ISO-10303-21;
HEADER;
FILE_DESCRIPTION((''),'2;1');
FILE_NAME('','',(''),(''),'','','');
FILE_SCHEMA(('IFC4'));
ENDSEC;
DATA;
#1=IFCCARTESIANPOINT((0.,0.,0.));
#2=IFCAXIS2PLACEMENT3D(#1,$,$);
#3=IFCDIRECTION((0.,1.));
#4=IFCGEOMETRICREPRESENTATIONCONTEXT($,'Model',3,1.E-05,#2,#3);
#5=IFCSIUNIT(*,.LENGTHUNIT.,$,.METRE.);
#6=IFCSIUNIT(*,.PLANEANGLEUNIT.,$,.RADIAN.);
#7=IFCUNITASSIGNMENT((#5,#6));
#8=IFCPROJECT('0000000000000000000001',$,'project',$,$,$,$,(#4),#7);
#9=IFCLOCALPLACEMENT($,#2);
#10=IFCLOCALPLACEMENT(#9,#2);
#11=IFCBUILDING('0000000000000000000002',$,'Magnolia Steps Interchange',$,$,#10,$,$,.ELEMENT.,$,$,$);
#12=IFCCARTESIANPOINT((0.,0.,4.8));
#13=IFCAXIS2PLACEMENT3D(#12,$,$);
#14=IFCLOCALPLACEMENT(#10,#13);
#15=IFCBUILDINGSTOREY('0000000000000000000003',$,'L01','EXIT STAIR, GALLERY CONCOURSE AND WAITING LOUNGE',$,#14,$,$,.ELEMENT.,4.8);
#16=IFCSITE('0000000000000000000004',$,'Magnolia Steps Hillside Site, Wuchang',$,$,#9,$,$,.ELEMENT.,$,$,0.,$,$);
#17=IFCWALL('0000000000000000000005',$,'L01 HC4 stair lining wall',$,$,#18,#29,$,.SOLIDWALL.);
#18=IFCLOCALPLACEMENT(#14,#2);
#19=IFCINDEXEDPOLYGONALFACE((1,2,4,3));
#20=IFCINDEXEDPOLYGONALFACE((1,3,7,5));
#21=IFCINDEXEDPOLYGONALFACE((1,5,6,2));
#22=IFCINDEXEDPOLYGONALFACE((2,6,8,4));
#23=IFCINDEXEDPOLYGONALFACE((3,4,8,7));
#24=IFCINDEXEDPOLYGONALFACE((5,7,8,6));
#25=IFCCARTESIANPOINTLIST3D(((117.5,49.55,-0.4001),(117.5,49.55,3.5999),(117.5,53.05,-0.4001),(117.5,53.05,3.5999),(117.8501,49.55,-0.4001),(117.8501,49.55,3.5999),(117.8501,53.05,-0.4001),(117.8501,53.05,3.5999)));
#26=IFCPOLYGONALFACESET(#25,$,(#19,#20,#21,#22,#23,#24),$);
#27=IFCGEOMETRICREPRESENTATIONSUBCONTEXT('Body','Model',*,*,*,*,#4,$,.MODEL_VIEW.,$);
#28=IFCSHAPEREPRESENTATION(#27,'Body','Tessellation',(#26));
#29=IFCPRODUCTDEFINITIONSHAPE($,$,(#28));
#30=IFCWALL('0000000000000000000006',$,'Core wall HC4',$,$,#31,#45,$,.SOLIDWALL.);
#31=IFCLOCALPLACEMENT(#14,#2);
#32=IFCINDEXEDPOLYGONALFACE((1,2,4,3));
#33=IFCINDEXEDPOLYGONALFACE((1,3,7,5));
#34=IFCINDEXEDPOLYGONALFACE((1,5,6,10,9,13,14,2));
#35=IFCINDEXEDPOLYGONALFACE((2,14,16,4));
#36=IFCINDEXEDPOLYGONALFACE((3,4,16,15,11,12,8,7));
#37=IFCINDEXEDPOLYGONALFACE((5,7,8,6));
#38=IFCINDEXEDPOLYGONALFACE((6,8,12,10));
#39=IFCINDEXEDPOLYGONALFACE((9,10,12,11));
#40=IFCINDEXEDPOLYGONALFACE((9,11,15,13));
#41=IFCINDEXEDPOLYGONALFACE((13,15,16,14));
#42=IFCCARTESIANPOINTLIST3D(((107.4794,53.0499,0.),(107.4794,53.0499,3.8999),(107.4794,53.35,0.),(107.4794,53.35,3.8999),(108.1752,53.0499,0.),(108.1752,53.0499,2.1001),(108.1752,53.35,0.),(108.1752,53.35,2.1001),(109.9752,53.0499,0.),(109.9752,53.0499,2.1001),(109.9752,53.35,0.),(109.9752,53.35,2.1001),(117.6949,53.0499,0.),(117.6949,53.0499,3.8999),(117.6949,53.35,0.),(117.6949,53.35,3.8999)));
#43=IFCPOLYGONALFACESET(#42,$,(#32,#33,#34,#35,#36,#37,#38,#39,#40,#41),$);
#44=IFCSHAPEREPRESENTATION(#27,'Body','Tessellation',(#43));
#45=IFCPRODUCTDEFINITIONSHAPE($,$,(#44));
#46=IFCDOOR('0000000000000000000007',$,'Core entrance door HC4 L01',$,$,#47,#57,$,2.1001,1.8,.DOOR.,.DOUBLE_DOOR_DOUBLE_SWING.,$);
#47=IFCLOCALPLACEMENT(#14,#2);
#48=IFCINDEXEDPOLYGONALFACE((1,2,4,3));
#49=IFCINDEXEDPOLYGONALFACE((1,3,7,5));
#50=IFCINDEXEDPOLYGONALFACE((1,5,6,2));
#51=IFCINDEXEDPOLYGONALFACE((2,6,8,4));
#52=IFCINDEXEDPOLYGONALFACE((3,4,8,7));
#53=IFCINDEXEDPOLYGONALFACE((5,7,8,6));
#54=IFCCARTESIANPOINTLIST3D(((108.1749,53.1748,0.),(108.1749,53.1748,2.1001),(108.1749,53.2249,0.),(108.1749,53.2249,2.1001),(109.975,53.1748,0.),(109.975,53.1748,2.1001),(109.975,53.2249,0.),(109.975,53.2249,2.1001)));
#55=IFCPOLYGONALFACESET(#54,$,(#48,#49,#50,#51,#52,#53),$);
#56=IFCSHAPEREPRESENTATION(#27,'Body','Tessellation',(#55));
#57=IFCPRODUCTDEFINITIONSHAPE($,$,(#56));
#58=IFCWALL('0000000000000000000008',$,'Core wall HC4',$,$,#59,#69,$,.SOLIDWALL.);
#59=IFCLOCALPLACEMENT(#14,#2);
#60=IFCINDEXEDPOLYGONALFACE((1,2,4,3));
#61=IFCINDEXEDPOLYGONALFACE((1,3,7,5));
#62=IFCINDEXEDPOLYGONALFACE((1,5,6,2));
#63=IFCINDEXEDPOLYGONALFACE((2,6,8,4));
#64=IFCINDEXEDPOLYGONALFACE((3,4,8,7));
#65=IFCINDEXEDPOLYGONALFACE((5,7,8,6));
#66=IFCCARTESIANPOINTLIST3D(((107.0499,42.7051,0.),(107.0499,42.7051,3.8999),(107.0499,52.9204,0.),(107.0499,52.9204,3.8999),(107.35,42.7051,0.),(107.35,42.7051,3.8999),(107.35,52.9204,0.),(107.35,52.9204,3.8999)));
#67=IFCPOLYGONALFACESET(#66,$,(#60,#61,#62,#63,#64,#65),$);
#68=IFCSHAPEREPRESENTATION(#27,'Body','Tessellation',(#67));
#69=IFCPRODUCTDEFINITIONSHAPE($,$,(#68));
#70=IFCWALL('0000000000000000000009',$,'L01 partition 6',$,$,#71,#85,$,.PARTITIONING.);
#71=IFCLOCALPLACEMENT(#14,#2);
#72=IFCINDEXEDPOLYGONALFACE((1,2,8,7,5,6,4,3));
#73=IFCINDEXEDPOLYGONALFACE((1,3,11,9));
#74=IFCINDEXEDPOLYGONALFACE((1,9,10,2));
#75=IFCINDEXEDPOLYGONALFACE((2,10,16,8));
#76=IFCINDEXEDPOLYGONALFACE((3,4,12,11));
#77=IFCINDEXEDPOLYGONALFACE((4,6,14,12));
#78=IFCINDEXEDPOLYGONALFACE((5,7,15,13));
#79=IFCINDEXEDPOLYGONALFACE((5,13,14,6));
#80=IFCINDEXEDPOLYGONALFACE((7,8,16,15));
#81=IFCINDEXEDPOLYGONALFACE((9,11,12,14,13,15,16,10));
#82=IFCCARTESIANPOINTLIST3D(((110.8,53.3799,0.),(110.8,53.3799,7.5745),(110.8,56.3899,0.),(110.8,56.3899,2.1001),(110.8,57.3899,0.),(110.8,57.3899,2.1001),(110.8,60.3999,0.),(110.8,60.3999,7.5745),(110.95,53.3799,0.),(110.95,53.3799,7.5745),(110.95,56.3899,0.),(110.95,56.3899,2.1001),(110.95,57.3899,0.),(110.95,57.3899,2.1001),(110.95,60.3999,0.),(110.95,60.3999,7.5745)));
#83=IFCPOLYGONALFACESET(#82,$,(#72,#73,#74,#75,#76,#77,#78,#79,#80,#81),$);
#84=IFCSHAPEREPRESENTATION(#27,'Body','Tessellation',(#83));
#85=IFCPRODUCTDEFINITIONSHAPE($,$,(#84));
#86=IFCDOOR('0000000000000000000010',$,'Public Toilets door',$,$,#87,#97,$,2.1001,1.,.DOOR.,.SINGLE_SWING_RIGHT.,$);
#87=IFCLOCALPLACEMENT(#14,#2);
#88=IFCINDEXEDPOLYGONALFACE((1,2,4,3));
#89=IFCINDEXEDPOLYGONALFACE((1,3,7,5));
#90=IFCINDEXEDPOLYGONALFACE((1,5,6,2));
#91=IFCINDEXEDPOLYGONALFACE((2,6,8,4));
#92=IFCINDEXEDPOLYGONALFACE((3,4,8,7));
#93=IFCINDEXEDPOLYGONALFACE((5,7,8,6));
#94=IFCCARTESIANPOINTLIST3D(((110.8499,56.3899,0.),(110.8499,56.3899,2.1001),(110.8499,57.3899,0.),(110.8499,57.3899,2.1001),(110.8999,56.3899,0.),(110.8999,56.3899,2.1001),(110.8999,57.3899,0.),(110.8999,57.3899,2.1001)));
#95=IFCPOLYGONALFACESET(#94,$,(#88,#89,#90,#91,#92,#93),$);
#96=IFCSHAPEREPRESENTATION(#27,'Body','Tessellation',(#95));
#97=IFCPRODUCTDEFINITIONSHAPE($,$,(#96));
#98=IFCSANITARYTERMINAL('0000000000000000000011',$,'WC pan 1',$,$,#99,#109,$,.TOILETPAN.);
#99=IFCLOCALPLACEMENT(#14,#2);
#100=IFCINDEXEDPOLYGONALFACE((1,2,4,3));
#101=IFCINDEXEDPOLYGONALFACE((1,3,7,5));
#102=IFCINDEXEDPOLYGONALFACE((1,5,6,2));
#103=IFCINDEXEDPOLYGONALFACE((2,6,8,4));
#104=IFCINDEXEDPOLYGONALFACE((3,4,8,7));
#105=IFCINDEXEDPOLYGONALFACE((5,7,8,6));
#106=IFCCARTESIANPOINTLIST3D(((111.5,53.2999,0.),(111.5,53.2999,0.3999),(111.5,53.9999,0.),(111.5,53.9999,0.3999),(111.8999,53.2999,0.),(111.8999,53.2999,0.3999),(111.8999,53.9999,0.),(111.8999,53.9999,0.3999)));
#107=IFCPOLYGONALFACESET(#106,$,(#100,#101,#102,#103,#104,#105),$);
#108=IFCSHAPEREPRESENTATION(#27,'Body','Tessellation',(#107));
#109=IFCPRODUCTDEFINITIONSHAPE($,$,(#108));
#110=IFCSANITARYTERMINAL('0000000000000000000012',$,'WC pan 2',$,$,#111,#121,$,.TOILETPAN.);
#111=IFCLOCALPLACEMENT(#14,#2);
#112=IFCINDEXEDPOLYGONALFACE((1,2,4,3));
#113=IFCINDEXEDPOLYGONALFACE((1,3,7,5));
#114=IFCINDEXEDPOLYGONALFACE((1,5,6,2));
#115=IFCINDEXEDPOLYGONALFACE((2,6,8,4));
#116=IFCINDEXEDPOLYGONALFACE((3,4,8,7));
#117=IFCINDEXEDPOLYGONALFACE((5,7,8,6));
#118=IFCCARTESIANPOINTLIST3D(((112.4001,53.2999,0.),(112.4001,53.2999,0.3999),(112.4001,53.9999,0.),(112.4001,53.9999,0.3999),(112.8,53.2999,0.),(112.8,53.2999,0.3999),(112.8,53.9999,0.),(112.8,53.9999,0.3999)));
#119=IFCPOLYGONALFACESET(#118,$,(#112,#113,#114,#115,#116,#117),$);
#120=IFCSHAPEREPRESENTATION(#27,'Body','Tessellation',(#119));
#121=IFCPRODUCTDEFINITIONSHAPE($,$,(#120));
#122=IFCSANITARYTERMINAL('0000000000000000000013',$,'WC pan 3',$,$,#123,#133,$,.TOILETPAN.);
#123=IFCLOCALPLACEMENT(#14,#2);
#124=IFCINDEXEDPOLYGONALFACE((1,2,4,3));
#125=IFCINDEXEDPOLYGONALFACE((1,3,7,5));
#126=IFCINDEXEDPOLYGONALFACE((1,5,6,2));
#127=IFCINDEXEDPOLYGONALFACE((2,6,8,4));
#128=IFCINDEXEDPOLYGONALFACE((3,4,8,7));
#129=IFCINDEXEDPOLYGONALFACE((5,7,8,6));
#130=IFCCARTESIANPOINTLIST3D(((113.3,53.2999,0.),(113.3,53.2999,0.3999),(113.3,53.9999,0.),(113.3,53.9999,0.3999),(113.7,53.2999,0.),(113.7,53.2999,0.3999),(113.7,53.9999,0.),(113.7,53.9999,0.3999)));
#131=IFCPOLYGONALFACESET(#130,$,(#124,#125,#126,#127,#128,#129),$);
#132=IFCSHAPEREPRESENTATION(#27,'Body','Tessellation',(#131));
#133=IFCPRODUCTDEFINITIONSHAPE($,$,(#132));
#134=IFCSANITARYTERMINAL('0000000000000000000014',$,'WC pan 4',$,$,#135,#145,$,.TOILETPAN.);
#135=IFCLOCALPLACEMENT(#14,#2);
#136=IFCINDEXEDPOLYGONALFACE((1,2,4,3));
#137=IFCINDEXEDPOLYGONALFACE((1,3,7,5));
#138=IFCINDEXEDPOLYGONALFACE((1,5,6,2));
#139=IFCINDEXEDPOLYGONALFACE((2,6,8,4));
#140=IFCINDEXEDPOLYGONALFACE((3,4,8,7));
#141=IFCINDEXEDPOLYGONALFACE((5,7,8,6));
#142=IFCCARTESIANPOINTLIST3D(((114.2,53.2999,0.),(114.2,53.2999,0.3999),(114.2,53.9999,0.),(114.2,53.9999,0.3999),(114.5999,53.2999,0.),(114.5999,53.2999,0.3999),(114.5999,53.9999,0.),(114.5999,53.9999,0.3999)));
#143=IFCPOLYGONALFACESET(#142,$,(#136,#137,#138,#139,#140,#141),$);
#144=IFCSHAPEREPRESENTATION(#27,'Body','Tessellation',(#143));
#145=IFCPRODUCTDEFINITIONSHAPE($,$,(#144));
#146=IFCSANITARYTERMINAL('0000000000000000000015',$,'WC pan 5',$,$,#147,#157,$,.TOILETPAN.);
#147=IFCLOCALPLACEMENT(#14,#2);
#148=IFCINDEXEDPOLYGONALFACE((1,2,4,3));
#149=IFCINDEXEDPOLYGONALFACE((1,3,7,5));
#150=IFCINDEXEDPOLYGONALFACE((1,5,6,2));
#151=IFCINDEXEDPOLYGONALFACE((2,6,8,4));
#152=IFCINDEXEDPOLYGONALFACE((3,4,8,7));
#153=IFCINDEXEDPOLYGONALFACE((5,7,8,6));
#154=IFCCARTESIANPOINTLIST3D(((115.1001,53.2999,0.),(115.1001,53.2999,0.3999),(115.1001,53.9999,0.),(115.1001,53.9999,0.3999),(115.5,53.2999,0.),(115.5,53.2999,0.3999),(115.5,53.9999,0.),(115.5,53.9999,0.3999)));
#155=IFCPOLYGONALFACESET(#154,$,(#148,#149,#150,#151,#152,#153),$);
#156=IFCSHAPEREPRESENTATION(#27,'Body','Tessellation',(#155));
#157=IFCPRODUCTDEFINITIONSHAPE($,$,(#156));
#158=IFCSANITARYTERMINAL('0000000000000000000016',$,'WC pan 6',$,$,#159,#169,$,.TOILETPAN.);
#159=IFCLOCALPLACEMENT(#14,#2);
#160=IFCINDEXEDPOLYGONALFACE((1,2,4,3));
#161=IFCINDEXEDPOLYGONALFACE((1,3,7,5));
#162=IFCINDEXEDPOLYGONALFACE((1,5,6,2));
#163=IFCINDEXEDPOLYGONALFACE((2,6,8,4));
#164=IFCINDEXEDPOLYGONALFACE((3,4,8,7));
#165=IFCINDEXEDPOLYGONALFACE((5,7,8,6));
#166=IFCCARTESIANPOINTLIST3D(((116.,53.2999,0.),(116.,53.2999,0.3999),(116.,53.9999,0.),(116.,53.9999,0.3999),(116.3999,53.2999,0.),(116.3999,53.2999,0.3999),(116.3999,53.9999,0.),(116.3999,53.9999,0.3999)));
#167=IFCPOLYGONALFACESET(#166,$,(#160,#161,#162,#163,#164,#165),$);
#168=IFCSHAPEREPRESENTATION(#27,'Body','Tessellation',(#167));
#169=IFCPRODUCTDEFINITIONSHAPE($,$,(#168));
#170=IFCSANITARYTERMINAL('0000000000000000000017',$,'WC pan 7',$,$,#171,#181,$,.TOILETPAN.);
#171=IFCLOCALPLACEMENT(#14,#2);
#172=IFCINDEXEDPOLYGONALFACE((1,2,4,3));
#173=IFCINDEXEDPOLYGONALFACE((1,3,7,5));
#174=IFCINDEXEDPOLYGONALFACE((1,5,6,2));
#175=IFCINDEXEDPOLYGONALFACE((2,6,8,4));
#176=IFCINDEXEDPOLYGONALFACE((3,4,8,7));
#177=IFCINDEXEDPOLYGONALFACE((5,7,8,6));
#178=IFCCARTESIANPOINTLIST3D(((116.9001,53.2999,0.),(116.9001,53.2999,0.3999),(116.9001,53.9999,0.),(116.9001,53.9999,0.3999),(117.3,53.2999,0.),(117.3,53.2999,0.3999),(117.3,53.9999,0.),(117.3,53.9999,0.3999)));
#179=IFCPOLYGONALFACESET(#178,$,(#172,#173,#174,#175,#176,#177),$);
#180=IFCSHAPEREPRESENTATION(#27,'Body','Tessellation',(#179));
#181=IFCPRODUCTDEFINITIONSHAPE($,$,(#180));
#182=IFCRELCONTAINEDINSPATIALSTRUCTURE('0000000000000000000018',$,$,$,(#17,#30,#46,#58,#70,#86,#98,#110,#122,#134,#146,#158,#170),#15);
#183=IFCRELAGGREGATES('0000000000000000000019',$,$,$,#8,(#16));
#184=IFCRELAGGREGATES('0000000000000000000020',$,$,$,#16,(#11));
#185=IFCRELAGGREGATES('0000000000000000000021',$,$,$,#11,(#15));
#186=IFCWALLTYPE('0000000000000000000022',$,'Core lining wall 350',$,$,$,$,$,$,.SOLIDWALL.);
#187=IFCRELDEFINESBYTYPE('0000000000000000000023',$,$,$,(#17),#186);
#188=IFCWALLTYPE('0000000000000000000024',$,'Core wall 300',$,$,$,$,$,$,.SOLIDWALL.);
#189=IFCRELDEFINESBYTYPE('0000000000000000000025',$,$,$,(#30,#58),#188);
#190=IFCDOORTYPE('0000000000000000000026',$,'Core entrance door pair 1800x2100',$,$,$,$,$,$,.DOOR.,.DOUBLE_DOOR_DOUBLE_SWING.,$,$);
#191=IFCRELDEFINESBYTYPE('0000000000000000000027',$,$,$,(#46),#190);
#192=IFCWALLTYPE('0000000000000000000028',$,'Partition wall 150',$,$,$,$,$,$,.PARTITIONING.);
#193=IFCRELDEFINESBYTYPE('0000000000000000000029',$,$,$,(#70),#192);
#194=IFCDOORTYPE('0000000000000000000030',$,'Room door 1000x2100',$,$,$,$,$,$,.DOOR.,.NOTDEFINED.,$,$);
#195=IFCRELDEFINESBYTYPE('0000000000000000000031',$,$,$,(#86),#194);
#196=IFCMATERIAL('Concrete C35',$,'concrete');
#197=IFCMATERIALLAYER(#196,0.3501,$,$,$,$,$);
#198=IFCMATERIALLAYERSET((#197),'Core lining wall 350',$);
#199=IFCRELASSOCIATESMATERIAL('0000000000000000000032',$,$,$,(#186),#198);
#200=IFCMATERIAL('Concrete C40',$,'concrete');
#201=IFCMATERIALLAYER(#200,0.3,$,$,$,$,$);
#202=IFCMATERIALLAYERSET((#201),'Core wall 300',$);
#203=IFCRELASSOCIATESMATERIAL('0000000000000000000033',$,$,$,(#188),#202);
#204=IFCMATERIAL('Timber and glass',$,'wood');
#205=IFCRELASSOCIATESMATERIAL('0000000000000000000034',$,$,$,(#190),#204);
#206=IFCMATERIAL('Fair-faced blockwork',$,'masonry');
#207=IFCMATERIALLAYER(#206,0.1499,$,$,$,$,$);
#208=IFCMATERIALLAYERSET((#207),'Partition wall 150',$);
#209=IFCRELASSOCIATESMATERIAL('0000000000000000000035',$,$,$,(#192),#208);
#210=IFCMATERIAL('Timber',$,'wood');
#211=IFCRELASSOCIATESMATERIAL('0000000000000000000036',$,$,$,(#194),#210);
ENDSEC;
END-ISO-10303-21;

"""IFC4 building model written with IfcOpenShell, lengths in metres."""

from ifc_helpers import new_model, si_unit, direction, frame, frame_2d, origin, origin_2d, place, context, subcontext, project, spatial, rectangle, extrude, material, layer, layer_set, type_object, element, fill, save


model = new_model("IFC4")

# Units and contexts
model_context = context("Model", 3, precision=1e-05, world=origin(), true_north=direction((0.0, 1.0)))
body_context = subcontext(model_context, "Body", "Model", "MODEL_VIEW")
ifc_project = project(units=[si_unit("LENGTHUNIT", "METRE"), si_unit("PLANEANGLEUNIT", "RADIAN")], contexts=[model_context])

# Site, building, storey
site_placement = place(None, origin())
site = spatial("IfcSite", under=ifc_project, at=site_placement, Name="Magnolia Steps Hillside Site, Wuchang", CompositionType="ELEMENT", RefElevation=0.0)
building_placement = place(site_placement, origin())
building = spatial("IfcBuilding", under=site, at=building_placement, Name="Magnolia Steps Interchange", CompositionType="ELEMENT")
storey_placement = place(building_placement, frame((0.0, 0.0, 4.8)))
storey = spatial("IfcBuildingStorey", under=building, at=storey_placement, Name="L01", Description="EXIT STAIR, GALLERY CONCOURSE AND WAITING LOUNGE", CompositionType="ELEMENT", Elevation=4.8)

# Wall
ifc_material_1 = material(Name="Concrete C35", Category="concrete")
ifc_layer_1 = layer(ifc_material_1, 0.3501)
ifc_layer_set_1 = layer_set([ifc_layer_1], Name="Core lining wall 350")
wall_type_1 = type_object("IfcWallType", Name="Core lining wall 350", PredefinedType="SOLIDWALL", material=ifc_layer_set_1)
wall_1_placement = place(storey_placement, frame((117.675, 53.05, -0.4001), z_axis=(0.0, 0.0, 1.0), x_axis=(0.0, -1.0, 0.0)))
element("IfcWall", 1, at=wall_1_placement, inside=storey, type_object=wall_type_1, Name="L01 HC4 stair lining wall", PredefinedType="SOLIDWALL", context=body_context, shape_type="SweptSolid", body=[
    extrude(rectangle(XDim=3.5, YDim=0.3501, at=frame_2d((1.75, 0.0))), origin(), (0.0, 0.0, 1.0), 4.0),
])

# Wall, opening, door
ifc_material_2 = material(Name="Concrete C40", Category="concrete")
ifc_layer_2 = layer(ifc_material_2, 0.3)
ifc_layer_set_2 = layer_set([ifc_layer_2], Name="Core wall 300")
wall_type_2 = type_object("IfcWallType", Name="Core wall 300", PredefinedType="SOLIDWALL", material=ifc_layer_set_2)
wall_2_placement = place(storey_placement, frame((117.6951, 53.2, 0.0), z_axis=(0.0, 0.0, 1.0), x_axis=(-1.0, 0.0, 0.0)))
wall_2 = element("IfcWall", 2, at=wall_2_placement, inside=storey, type_object=wall_type_2, Name="Core wall HC4", PredefinedType="SOLIDWALL", context=body_context, shape_type="SweptSolid", body=[
    extrude(rectangle(XDim=10.2156, YDim=0.3, at=frame_2d((5.1079, 0.0))), origin(), (0.0, 0.0, 1.0), 3.8999),
])
opening_1_placement = place(wall_2_placement, frame((7.72, 0.0, 0.0)))
opening_1 = element("IfcOpeningElement", 3, at=opening_1_placement, cuts=wall_2, PredefinedType="OPENING", context=body_context, shape_type="SweptSolid", body=[
    extrude(rectangle(XDim=1.8, YDim=2.1001, at=frame_2d((0.8999, 1.05))), frame((0.0, 0.1599, 0.0), z_axis=(0.0, -1.0, 0.0), x_axis=(1.0, 0.0, 0.0)), (0.0, 0.0, 1.0), 0.3201),
])
ifc_material_3 = material(Name="Timber and glass", Category="wood")
door_type_1 = type_object("IfcDoorType", Name="Core entrance door pair 1800x2100", OperationType="DOUBLE_DOOR_DOUBLE_SWING", PredefinedType="DOOR", material=ifc_material_3)
door_1_placement = place(opening_1_placement, frame((1.8, 0.0, 0.0), z_axis=(0.0, 0.0, 1.0), x_axis=(-1.0, 0.0, 0.0)))
door_1 = element("IfcDoor", 4, at=door_1_placement, inside=storey, type_object=door_type_1, Name="Core entrance door HC4 L01", OperationType="DOUBLE_DOOR_DOUBLE_SWING", OverallHeight=2.1001, OverallWidth=1.8, PredefinedType="DOOR", context=body_context, shape_type="SweptSolid", body=[
    extrude(rectangle(XDim=1.8, YDim=2.1001, at=frame_2d((0.8999, 1.05))), frame((0.0, 0.0249, 0.0), z_axis=(0.0, -1.0, 0.0), x_axis=(1.0, 0.0, 0.0)), (0.0, 0.0, 1.0), 0.05),
])
fill(opening_1, door_1)

# Wall
wall_3_placement = place(storey_placement, frame((107.2, 52.9204, 0.0), z_axis=(0.0, 0.0, 1.0), x_axis=(0.0, -1.0, 0.0)))
element("IfcWall", 5, at=wall_3_placement, inside=storey, type_object=wall_type_2, Name="Core wall HC4", PredefinedType="SOLIDWALL", context=body_context, shape_type="SweptSolid", body=[
    extrude(rectangle(XDim=10.2153, YDim=0.3, at=frame_2d((5.1077, 0.0))), origin(), (0.0, 0.0, 1.0), 3.8999),
])

# Wall, opening, door
ifc_material_4 = material(Name="Fair-faced blockwork", Category="masonry")
ifc_layer_3 = layer(ifc_material_4, 0.1499)
ifc_layer_set_3 = layer_set([ifc_layer_3], Name="Partition wall 150")
wall_type_3 = type_object("IfcWallType", Name="Partition wall 150", PredefinedType="PARTITIONING", material=ifc_layer_set_3)
wall_4_placement = place(storey_placement, frame((110.875, 53.3799, 0.0), z_axis=(0.0, 0.0, 1.0), x_axis=(0.0, 1.0, 0.0)))
wall_4 = element("IfcWall", 6, at=wall_4_placement, inside=storey, type_object=wall_type_3, Name="L01 partition 6", PredefinedType="PARTITIONING", context=body_context, shape_type="SweptSolid", body=[
    extrude(rectangle(XDim=7.02, YDim=0.1499, at=frame_2d((3.51, 0.0))), origin(), (0.0, 0.0, 1.0), 7.5745),
])
opening_2_placement = place(wall_4_placement, frame((3.01, 0.0, 0.0)))
opening_2 = element("IfcOpeningElement", 7, at=opening_2_placement, cuts=wall_4, PredefinedType="OPENING", context=body_context, shape_type="SweptSolid", body=[
    extrude(rectangle(XDim=1.0, YDim=2.1001, at=frame_2d((0.5, 1.05))), frame((0.0, 0.085, 0.0), z_axis=(0.0, -1.0, 0.0), x_axis=(1.0, 0.0, 0.0)), (0.0, 0.0, 1.0), 0.1699),
])
ifc_material_5 = material(Name="Timber", Category="wood")
door_type_2 = type_object("IfcDoorType", Name="Room door 1000x2100", OperationType="NOTDEFINED", PredefinedType="DOOR", material=ifc_material_5)
door_2_placement = place(opening_2_placement, frame((1.0, 0.0, 0.0), z_axis=(0.0, 0.0, 1.0), x_axis=(-1.0, 0.0, 0.0)))
door_2 = element("IfcDoor", 8, at=door_2_placement, inside=storey, type_object=door_type_2, Name="Public Toilets door", OperationType="SINGLE_SWING_RIGHT", OverallHeight=2.1001, OverallWidth=1.0, PredefinedType="DOOR", context=body_context, shape_type="SweptSolid", body=[
    extrude(rectangle(XDim=1.0, YDim=2.1001, at=frame_2d((0.5, 1.05))), frame((0.0, 0.0249, 0.0), z_axis=(0.0, -1.0, 0.0), x_axis=(1.0, 0.0, 0.0)), (0.0, 0.0, 1.0), 0.05),
])
fill(opening_2, door_2)

# Sanitary terminals
for number, where, z_axis, x_axis, name in (
    (9, (111.7, 53.6499, 0.0), (0.0, 0.0, 1.0), (1.0, 0.0, 0.0), "WC pan 1"),
    (10, (112.6001, 53.6499, 0.0), (0.0, 0.0, 1.0), (1.0, 0.0, 0.0), "WC pan 2"),
    (11, (113.5, 53.6499, 0.0), (0.0, 0.0, 1.0), (1.0, 0.0, 0.0), "WC pan 3"),
    (12, (114.3999, 53.6499, 0.0), (0.0, 0.0, 1.0), (1.0, 0.0, 0.0), "WC pan 4"),
    (13, (115.3, 53.6499, 0.0), (0.0, 0.0, 1.0), (1.0, 0.0, 0.0), "WC pan 5"),
    (14, (116.2, 53.6499, 0.0), (0.0, 0.0, 1.0), (1.0, 0.0, 0.0), "WC pan 6"),
    (15, (117.1001, 53.6499, 0.0), (0.0, 0.0, 1.0), (1.0, 0.0, 0.0), "WC pan 7"),
):
    element("IfcSanitaryTerminal", number, at=place(storey_placement, frame(where, z_axis=z_axis, x_axis=x_axis)), inside=storey, Name=name, PredefinedType="TOILETPAN", context=body_context, shape_type="SweptSolid", body=[
        extrude(rectangle(XDim=0.3999, YDim=0.7, at=origin_2d()), origin(), (0.0, 0.0, 1.0), 0.3999),
    ])

save(model, "model.ifc")
